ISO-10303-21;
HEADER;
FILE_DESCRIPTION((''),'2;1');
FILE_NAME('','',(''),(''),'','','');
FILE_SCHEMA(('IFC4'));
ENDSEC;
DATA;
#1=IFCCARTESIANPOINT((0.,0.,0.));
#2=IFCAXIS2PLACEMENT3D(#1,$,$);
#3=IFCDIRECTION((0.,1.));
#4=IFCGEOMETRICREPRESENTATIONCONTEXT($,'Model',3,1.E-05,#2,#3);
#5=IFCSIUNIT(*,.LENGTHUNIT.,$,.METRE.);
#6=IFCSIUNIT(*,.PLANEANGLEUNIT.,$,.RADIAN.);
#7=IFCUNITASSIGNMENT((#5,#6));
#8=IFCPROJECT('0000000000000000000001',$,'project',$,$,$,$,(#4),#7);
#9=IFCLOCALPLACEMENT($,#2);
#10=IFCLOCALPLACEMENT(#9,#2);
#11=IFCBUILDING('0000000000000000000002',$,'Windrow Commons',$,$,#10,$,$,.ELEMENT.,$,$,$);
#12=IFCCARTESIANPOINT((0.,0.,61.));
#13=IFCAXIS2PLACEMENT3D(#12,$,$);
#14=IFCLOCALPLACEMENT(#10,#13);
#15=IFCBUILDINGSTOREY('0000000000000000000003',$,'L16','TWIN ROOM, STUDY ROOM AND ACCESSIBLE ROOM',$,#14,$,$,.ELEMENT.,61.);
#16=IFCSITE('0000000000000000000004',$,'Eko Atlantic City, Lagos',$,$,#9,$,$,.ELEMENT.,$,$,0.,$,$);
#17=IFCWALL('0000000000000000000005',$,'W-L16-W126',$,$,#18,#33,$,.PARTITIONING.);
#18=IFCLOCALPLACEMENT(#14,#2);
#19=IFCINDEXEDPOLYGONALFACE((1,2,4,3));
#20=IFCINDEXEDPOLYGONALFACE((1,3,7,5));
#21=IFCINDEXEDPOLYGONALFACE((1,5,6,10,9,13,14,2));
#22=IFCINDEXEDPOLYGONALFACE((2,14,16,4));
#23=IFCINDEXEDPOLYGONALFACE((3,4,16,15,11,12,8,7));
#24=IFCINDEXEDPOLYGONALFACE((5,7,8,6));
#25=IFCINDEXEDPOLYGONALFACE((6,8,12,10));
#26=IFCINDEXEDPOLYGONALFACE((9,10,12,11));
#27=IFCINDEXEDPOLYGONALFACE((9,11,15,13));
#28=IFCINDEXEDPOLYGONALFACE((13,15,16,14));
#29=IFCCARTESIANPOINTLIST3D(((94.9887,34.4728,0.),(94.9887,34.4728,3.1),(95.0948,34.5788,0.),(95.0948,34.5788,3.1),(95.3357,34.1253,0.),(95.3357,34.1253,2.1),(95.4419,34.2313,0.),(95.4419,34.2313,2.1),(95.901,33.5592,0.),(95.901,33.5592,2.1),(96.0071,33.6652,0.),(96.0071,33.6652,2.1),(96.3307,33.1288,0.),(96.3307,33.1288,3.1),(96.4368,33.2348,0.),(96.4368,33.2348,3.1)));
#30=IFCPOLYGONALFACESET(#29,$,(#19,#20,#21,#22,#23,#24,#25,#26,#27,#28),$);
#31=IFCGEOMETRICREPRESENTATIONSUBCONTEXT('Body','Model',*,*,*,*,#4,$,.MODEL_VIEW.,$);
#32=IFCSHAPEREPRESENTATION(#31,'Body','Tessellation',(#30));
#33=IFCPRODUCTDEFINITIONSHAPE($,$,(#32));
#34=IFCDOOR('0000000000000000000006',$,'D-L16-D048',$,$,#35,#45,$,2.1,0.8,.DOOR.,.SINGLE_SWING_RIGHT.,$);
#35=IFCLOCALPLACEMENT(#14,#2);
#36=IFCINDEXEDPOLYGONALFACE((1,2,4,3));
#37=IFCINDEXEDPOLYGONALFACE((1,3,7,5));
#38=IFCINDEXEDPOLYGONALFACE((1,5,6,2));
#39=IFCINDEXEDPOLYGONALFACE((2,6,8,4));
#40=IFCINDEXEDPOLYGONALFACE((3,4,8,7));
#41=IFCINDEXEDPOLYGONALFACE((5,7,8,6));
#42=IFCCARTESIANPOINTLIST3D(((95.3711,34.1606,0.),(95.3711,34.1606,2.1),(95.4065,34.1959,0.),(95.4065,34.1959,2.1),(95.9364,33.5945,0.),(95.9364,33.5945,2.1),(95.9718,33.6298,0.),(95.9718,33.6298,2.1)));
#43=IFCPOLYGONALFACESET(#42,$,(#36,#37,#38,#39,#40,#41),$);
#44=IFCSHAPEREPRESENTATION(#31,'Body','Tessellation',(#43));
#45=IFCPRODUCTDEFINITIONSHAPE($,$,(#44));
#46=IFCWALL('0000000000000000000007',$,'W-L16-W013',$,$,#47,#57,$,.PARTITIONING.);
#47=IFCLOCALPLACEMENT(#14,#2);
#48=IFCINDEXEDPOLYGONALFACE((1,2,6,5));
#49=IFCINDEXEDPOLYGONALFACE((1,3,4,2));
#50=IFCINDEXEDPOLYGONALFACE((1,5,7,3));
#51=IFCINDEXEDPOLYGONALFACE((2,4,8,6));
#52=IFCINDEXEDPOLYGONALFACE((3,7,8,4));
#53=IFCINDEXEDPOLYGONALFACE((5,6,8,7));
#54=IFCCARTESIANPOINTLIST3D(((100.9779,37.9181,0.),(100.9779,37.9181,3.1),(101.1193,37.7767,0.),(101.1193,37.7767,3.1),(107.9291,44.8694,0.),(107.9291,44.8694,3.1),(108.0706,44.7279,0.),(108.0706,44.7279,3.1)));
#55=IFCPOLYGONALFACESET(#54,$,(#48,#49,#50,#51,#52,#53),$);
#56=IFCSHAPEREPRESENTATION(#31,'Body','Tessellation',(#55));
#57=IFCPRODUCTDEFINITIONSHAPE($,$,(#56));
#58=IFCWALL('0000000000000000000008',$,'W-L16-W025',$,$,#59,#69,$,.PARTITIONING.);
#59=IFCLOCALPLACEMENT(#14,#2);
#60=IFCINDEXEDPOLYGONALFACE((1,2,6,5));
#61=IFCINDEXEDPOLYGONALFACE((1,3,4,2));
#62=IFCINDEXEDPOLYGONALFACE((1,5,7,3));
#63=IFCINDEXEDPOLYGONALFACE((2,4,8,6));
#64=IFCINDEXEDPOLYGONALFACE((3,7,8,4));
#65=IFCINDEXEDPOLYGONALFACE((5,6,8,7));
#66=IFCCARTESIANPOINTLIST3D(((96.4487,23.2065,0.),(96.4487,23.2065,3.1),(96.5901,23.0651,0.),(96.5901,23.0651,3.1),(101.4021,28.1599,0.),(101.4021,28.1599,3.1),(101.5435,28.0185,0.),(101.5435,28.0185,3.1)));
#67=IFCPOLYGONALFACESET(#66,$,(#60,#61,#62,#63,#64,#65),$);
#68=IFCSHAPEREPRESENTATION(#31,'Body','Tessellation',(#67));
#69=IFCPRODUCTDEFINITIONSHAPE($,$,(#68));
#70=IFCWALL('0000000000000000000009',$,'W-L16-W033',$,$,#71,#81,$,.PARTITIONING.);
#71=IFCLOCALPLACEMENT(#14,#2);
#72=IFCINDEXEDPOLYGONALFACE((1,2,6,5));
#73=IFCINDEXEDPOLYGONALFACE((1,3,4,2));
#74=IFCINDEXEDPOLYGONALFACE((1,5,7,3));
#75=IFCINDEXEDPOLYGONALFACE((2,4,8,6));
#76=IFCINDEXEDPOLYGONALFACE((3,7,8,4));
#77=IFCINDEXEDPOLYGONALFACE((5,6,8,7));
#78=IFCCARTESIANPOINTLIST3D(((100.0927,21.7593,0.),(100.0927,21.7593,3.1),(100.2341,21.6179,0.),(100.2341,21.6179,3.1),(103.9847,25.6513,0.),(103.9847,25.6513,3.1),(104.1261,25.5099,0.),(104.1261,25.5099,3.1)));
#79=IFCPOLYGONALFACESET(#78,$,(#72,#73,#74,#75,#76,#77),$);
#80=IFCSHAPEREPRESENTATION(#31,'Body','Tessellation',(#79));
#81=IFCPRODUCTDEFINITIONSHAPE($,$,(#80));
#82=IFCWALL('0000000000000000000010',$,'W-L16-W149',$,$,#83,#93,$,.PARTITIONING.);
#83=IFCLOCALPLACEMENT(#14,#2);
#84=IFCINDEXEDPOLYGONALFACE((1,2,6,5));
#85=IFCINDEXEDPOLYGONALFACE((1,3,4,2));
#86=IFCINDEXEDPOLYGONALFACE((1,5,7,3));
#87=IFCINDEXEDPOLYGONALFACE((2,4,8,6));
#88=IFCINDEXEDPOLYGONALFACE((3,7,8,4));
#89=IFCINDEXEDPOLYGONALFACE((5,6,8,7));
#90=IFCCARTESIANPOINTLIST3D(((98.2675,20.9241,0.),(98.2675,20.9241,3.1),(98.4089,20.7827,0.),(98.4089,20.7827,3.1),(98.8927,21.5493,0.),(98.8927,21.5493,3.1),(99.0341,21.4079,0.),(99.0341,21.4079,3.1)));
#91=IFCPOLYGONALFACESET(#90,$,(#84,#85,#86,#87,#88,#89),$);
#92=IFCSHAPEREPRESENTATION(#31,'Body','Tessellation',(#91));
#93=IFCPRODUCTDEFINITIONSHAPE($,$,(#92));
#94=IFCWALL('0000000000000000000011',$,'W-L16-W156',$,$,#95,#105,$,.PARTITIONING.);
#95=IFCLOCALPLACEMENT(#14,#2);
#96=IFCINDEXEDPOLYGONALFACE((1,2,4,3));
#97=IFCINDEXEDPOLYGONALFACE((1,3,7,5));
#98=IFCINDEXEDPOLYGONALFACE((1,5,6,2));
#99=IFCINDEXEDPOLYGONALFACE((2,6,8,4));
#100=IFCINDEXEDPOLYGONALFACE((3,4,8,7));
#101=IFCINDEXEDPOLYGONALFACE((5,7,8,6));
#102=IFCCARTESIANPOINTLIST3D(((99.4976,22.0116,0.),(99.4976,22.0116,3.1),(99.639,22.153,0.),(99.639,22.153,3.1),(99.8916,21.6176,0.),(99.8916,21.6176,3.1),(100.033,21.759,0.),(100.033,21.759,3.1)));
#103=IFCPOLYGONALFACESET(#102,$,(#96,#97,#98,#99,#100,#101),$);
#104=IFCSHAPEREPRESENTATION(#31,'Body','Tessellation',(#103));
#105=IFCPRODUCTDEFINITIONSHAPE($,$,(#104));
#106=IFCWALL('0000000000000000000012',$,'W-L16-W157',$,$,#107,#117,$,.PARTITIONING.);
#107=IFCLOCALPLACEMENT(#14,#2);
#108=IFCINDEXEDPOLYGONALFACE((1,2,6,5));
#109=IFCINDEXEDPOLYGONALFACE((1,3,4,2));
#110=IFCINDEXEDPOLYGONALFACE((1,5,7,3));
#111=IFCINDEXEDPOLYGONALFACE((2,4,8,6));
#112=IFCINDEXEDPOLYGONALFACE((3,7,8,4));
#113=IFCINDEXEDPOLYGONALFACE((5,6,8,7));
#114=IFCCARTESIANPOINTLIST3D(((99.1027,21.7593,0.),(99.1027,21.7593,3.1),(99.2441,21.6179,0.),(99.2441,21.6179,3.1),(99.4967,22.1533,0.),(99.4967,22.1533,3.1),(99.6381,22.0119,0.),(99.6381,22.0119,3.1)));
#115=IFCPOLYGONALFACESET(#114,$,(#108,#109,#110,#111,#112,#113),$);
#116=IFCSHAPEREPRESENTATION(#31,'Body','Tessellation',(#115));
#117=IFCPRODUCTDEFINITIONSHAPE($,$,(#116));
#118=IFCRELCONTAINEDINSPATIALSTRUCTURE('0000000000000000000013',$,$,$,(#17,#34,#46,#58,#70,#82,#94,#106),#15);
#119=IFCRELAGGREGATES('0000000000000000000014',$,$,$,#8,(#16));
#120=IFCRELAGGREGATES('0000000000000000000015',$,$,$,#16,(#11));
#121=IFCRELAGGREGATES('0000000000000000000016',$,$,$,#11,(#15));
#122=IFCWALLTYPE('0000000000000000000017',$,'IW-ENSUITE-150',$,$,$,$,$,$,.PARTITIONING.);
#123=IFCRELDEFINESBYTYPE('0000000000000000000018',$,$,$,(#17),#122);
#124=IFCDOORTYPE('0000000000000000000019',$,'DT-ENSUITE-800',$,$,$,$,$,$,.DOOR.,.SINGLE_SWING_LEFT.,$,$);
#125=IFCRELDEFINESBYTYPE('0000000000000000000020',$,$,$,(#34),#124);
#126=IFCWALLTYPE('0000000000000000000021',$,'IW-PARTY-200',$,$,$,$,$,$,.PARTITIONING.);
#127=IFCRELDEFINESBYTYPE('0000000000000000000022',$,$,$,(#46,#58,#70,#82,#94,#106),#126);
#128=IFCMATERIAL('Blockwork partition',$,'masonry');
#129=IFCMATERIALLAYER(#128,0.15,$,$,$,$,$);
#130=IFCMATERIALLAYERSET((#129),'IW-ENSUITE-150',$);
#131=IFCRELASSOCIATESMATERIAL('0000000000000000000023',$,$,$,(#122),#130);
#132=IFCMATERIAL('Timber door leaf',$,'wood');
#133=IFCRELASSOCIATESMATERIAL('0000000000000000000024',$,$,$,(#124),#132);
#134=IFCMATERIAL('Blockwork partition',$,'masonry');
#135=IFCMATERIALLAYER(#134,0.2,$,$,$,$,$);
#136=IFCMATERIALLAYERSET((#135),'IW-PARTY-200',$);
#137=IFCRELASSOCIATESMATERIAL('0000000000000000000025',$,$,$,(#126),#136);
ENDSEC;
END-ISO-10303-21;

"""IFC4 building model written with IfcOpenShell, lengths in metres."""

from ifc_helpers import new_model, si_unit, direction, frame, frame_2d, origin, place, context, subcontext, project, spatial, rectangle, extrude, material, layer, layer_set, type_object, element, fill, save


model = new_model("IFC4")

# Units and contexts
model_context = context("Model", 3, precision=1e-05, world=origin(), true_north=direction((0.0, 1.0)))
body_context = subcontext(model_context, "Body", "Model", "MODEL_VIEW")
ifc_project = project(units=[si_unit("LENGTHUNIT", "METRE"), si_unit("PLANEANGLEUNIT", "RADIAN")], contexts=[model_context])

# Site, building, storey
site_placement = place(None, origin())
site = spatial("IfcSite", under=ifc_project, at=site_placement, Name="Eko Atlantic City, Lagos", CompositionType="ELEMENT", RefElevation=0.0)
building_placement = place(site_placement, origin())
building = spatial("IfcBuilding", under=site, at=building_placement, Name="Windrow Commons", CompositionType="ELEMENT")
storey_placement = place(building_placement, frame((0.0, 0.0, 61.0)))
storey = spatial("IfcBuildingStorey", under=building, at=storey_placement, Name="L16", Description="TWIN ROOM, STUDY ROOM AND ACCESSIBLE ROOM", CompositionType="ELEMENT", Elevation=61.0)

# Shared definitions
ifc_material_1 = material(Name="Blockwork partition", Category="masonry")
ifc_layer_1 = layer(ifc_material_1, 0.15)
ifc_layer_set_1 = layer_set([ifc_layer_1], Name="IW-ENSUITE-150")
wall_type_1 = type_object("IfcWallType", Name="IW-ENSUITE-150", PredefinedType="PARTITIONING", material=ifc_layer_set_1)

# Wall, opening, door
ifc_material_2 = material(Name="Timber door leaf", Category="wood")
door_type_1 = type_object("IfcDoorType", Name="DT-ENSUITE-800", OperationType="SINGLE_SWING_LEFT", PredefinedType="DOOR", material=ifc_material_2)
wall_1_placement = place(storey_placement, frame((95.0418, 34.5258, 0.0), z_axis=(0.0, 0.0, 1.0), x_axis=(0.70658, -0.707633, 0.0)))
wall_1 = element("IfcWall", 1, at=wall_1_placement, inside=storey, type_object=wall_type_1, Name="W-L16-W126", PredefinedType="PARTITIONING", context=body_context, shape_type="SweptSolid", body=[
    extrude(rectangle(XDim=1.8993, YDim=0.15, at=frame_2d((0.9496, 0.0))), origin(), (0.0, 0.0, 1.0), 3.1),
])
opening_1_placement = place(wall_1_placement, frame((0.4911, 0.0, 0.0)))
opening_1 = element("IfcOpeningElement", 2, at=opening_1_placement, cuts=wall_1, PredefinedType="OPENING", context=body_context, shape_type="SweptSolid", body=[
    extrude(rectangle(XDim=0.8, YDim=2.1, at=frame_2d((0.4, 1.05))), frame((0.0, 0.085, 0.0), z_axis=(0.0, -1.0, 0.0), x_axis=(1.0, 0.0, 0.0)), (0.0, 0.0, 1.0), 0.17),
])
door_1_placement = place(opening_1_placement, origin())
door_1 = element("IfcDoor", 3, at=door_1_placement, inside=storey, type_object=door_type_1, Name="D-L16-D048", OperationType="SINGLE_SWING_RIGHT", OverallHeight=2.1, OverallWidth=0.8, PredefinedType="DOOR", context=body_context, shape_type="SweptSolid", body=[
    extrude(rectangle(XDim=0.8, YDim=2.1, at=frame_2d((0.4, 1.05))), frame((0.0, 0.025, 0.0), z_axis=(0.0, -1.0, 0.0), x_axis=(1.0, 0.0, 0.0)), (0.0, 0.0, 1.0), 0.05),
])
fill(opening_1, door_1)

# Walls
ifc_material_3 = material(Name="Blockwork partition", Category="masonry")
ifc_layer_2 = layer(ifc_material_3, 0.2)
ifc_layer_set_2 = layer_set([ifc_layer_2], Name="IW-PARTY-200")
wall_type_2 = type_object("IfcWallType", Name="IW-PARTY-200", PredefinedType="PARTITIONING", material=ifc_layer_set_2)
wall_2_placement = place(storey_placement, frame((101.0486, 37.8474, 0.0), z_axis=(0.0, 0.0, 1.0), x_axis=(0.707107, 0.707107, 0.0)))
element("IfcWall", 4, at=wall_2_placement, inside=storey, type_object=wall_type_2, Name="W-L16-W013", PredefinedType="PARTITIONING", context=body_context, shape_type="SweptSolid", body=[
    extrude(rectangle(XDim=9.8305, YDim=0.2, at=frame_2d((4.9153, 0.0))), origin(), (0.0, 0.0, 1.0), 3.1),
])
wall_3_placement = place(storey_placement, frame((96.5194, 23.1358, 0.0), z_axis=(0.0, 0.0, 1.0), x_axis=(0.707107, 0.707107, 0.0)))
element("IfcWall", 5, at=wall_3_placement, inside=storey, type_object=wall_type_2, Name="W-L16-W025", PredefinedType="PARTITIONING", context=body_context, shape_type="SweptSolid", body=[
    extrude(rectangle(XDim=7.0052, YDim=0.2, at=frame_2d((3.5026, 0.0))), origin(), (0.0, 0.0, 1.0), 3.1),
])
wall_4_placement = place(storey_placement, frame((100.1634, 21.6886, 0.0), z_axis=(0.0, 0.0, 1.0), x_axis=(0.707107, 0.707107, 0.0)))
element("IfcWall", 6, at=wall_4_placement, inside=storey, type_object=wall_type_2, Name="W-L16-W033", PredefinedType="PARTITIONING", context=body_context, shape_type="SweptSolid", body=[
    extrude(rectangle(XDim=5.5041, YDim=0.2, at=frame_2d((2.7521, 0.0))), origin(), (0.0, 0.0, 1.0), 3.1),
])
wall_5_placement = place(storey_placement, frame((98.3382, 20.8534, 0.0), z_axis=(0.0, 0.0, 1.0), x_axis=(0.707107, 0.707107, 0.0)))
element("IfcWall", 7, at=wall_5_placement, inside=storey, type_object=wall_type_2, Name="W-L16-W149", PredefinedType="PARTITIONING", context=body_context, shape_type="SweptSolid", body=[
    extrude(rectangle(XDim=0.8842, YDim=0.2, at=frame_2d((0.4421, 0.0))), origin(), (0.0, 0.0, 1.0), 3.1),
])
for number, where, z_axis, x_axis, name in (
    (8, (99.5683, 22.0823, 0.0), (0.0, 0.0, 1.0), (0.707107, -0.707107, 0.0), "W-L16-W156"),
    (9, (99.1734, 21.6886, 0.0), (0.0, 0.0, 1.0), (0.707107, 0.707107, 0.0), "W-L16-W157"),
):
    element("IfcWall", number, at=place(storey_placement, frame(where, z_axis=z_axis, x_axis=x_axis)), inside=storey, type_object=wall_type_2, Name=name, PredefinedType="PARTITIONING", context=body_context, shape_type="SweptSolid", body=[
        extrude(rectangle(XDim=0.5572, YDim=0.2, at=frame_2d((0.2786, 0.0))), origin(), (0.0, 0.0, 1.0), 3.1),
    ])

save(model, "model.ifc")
